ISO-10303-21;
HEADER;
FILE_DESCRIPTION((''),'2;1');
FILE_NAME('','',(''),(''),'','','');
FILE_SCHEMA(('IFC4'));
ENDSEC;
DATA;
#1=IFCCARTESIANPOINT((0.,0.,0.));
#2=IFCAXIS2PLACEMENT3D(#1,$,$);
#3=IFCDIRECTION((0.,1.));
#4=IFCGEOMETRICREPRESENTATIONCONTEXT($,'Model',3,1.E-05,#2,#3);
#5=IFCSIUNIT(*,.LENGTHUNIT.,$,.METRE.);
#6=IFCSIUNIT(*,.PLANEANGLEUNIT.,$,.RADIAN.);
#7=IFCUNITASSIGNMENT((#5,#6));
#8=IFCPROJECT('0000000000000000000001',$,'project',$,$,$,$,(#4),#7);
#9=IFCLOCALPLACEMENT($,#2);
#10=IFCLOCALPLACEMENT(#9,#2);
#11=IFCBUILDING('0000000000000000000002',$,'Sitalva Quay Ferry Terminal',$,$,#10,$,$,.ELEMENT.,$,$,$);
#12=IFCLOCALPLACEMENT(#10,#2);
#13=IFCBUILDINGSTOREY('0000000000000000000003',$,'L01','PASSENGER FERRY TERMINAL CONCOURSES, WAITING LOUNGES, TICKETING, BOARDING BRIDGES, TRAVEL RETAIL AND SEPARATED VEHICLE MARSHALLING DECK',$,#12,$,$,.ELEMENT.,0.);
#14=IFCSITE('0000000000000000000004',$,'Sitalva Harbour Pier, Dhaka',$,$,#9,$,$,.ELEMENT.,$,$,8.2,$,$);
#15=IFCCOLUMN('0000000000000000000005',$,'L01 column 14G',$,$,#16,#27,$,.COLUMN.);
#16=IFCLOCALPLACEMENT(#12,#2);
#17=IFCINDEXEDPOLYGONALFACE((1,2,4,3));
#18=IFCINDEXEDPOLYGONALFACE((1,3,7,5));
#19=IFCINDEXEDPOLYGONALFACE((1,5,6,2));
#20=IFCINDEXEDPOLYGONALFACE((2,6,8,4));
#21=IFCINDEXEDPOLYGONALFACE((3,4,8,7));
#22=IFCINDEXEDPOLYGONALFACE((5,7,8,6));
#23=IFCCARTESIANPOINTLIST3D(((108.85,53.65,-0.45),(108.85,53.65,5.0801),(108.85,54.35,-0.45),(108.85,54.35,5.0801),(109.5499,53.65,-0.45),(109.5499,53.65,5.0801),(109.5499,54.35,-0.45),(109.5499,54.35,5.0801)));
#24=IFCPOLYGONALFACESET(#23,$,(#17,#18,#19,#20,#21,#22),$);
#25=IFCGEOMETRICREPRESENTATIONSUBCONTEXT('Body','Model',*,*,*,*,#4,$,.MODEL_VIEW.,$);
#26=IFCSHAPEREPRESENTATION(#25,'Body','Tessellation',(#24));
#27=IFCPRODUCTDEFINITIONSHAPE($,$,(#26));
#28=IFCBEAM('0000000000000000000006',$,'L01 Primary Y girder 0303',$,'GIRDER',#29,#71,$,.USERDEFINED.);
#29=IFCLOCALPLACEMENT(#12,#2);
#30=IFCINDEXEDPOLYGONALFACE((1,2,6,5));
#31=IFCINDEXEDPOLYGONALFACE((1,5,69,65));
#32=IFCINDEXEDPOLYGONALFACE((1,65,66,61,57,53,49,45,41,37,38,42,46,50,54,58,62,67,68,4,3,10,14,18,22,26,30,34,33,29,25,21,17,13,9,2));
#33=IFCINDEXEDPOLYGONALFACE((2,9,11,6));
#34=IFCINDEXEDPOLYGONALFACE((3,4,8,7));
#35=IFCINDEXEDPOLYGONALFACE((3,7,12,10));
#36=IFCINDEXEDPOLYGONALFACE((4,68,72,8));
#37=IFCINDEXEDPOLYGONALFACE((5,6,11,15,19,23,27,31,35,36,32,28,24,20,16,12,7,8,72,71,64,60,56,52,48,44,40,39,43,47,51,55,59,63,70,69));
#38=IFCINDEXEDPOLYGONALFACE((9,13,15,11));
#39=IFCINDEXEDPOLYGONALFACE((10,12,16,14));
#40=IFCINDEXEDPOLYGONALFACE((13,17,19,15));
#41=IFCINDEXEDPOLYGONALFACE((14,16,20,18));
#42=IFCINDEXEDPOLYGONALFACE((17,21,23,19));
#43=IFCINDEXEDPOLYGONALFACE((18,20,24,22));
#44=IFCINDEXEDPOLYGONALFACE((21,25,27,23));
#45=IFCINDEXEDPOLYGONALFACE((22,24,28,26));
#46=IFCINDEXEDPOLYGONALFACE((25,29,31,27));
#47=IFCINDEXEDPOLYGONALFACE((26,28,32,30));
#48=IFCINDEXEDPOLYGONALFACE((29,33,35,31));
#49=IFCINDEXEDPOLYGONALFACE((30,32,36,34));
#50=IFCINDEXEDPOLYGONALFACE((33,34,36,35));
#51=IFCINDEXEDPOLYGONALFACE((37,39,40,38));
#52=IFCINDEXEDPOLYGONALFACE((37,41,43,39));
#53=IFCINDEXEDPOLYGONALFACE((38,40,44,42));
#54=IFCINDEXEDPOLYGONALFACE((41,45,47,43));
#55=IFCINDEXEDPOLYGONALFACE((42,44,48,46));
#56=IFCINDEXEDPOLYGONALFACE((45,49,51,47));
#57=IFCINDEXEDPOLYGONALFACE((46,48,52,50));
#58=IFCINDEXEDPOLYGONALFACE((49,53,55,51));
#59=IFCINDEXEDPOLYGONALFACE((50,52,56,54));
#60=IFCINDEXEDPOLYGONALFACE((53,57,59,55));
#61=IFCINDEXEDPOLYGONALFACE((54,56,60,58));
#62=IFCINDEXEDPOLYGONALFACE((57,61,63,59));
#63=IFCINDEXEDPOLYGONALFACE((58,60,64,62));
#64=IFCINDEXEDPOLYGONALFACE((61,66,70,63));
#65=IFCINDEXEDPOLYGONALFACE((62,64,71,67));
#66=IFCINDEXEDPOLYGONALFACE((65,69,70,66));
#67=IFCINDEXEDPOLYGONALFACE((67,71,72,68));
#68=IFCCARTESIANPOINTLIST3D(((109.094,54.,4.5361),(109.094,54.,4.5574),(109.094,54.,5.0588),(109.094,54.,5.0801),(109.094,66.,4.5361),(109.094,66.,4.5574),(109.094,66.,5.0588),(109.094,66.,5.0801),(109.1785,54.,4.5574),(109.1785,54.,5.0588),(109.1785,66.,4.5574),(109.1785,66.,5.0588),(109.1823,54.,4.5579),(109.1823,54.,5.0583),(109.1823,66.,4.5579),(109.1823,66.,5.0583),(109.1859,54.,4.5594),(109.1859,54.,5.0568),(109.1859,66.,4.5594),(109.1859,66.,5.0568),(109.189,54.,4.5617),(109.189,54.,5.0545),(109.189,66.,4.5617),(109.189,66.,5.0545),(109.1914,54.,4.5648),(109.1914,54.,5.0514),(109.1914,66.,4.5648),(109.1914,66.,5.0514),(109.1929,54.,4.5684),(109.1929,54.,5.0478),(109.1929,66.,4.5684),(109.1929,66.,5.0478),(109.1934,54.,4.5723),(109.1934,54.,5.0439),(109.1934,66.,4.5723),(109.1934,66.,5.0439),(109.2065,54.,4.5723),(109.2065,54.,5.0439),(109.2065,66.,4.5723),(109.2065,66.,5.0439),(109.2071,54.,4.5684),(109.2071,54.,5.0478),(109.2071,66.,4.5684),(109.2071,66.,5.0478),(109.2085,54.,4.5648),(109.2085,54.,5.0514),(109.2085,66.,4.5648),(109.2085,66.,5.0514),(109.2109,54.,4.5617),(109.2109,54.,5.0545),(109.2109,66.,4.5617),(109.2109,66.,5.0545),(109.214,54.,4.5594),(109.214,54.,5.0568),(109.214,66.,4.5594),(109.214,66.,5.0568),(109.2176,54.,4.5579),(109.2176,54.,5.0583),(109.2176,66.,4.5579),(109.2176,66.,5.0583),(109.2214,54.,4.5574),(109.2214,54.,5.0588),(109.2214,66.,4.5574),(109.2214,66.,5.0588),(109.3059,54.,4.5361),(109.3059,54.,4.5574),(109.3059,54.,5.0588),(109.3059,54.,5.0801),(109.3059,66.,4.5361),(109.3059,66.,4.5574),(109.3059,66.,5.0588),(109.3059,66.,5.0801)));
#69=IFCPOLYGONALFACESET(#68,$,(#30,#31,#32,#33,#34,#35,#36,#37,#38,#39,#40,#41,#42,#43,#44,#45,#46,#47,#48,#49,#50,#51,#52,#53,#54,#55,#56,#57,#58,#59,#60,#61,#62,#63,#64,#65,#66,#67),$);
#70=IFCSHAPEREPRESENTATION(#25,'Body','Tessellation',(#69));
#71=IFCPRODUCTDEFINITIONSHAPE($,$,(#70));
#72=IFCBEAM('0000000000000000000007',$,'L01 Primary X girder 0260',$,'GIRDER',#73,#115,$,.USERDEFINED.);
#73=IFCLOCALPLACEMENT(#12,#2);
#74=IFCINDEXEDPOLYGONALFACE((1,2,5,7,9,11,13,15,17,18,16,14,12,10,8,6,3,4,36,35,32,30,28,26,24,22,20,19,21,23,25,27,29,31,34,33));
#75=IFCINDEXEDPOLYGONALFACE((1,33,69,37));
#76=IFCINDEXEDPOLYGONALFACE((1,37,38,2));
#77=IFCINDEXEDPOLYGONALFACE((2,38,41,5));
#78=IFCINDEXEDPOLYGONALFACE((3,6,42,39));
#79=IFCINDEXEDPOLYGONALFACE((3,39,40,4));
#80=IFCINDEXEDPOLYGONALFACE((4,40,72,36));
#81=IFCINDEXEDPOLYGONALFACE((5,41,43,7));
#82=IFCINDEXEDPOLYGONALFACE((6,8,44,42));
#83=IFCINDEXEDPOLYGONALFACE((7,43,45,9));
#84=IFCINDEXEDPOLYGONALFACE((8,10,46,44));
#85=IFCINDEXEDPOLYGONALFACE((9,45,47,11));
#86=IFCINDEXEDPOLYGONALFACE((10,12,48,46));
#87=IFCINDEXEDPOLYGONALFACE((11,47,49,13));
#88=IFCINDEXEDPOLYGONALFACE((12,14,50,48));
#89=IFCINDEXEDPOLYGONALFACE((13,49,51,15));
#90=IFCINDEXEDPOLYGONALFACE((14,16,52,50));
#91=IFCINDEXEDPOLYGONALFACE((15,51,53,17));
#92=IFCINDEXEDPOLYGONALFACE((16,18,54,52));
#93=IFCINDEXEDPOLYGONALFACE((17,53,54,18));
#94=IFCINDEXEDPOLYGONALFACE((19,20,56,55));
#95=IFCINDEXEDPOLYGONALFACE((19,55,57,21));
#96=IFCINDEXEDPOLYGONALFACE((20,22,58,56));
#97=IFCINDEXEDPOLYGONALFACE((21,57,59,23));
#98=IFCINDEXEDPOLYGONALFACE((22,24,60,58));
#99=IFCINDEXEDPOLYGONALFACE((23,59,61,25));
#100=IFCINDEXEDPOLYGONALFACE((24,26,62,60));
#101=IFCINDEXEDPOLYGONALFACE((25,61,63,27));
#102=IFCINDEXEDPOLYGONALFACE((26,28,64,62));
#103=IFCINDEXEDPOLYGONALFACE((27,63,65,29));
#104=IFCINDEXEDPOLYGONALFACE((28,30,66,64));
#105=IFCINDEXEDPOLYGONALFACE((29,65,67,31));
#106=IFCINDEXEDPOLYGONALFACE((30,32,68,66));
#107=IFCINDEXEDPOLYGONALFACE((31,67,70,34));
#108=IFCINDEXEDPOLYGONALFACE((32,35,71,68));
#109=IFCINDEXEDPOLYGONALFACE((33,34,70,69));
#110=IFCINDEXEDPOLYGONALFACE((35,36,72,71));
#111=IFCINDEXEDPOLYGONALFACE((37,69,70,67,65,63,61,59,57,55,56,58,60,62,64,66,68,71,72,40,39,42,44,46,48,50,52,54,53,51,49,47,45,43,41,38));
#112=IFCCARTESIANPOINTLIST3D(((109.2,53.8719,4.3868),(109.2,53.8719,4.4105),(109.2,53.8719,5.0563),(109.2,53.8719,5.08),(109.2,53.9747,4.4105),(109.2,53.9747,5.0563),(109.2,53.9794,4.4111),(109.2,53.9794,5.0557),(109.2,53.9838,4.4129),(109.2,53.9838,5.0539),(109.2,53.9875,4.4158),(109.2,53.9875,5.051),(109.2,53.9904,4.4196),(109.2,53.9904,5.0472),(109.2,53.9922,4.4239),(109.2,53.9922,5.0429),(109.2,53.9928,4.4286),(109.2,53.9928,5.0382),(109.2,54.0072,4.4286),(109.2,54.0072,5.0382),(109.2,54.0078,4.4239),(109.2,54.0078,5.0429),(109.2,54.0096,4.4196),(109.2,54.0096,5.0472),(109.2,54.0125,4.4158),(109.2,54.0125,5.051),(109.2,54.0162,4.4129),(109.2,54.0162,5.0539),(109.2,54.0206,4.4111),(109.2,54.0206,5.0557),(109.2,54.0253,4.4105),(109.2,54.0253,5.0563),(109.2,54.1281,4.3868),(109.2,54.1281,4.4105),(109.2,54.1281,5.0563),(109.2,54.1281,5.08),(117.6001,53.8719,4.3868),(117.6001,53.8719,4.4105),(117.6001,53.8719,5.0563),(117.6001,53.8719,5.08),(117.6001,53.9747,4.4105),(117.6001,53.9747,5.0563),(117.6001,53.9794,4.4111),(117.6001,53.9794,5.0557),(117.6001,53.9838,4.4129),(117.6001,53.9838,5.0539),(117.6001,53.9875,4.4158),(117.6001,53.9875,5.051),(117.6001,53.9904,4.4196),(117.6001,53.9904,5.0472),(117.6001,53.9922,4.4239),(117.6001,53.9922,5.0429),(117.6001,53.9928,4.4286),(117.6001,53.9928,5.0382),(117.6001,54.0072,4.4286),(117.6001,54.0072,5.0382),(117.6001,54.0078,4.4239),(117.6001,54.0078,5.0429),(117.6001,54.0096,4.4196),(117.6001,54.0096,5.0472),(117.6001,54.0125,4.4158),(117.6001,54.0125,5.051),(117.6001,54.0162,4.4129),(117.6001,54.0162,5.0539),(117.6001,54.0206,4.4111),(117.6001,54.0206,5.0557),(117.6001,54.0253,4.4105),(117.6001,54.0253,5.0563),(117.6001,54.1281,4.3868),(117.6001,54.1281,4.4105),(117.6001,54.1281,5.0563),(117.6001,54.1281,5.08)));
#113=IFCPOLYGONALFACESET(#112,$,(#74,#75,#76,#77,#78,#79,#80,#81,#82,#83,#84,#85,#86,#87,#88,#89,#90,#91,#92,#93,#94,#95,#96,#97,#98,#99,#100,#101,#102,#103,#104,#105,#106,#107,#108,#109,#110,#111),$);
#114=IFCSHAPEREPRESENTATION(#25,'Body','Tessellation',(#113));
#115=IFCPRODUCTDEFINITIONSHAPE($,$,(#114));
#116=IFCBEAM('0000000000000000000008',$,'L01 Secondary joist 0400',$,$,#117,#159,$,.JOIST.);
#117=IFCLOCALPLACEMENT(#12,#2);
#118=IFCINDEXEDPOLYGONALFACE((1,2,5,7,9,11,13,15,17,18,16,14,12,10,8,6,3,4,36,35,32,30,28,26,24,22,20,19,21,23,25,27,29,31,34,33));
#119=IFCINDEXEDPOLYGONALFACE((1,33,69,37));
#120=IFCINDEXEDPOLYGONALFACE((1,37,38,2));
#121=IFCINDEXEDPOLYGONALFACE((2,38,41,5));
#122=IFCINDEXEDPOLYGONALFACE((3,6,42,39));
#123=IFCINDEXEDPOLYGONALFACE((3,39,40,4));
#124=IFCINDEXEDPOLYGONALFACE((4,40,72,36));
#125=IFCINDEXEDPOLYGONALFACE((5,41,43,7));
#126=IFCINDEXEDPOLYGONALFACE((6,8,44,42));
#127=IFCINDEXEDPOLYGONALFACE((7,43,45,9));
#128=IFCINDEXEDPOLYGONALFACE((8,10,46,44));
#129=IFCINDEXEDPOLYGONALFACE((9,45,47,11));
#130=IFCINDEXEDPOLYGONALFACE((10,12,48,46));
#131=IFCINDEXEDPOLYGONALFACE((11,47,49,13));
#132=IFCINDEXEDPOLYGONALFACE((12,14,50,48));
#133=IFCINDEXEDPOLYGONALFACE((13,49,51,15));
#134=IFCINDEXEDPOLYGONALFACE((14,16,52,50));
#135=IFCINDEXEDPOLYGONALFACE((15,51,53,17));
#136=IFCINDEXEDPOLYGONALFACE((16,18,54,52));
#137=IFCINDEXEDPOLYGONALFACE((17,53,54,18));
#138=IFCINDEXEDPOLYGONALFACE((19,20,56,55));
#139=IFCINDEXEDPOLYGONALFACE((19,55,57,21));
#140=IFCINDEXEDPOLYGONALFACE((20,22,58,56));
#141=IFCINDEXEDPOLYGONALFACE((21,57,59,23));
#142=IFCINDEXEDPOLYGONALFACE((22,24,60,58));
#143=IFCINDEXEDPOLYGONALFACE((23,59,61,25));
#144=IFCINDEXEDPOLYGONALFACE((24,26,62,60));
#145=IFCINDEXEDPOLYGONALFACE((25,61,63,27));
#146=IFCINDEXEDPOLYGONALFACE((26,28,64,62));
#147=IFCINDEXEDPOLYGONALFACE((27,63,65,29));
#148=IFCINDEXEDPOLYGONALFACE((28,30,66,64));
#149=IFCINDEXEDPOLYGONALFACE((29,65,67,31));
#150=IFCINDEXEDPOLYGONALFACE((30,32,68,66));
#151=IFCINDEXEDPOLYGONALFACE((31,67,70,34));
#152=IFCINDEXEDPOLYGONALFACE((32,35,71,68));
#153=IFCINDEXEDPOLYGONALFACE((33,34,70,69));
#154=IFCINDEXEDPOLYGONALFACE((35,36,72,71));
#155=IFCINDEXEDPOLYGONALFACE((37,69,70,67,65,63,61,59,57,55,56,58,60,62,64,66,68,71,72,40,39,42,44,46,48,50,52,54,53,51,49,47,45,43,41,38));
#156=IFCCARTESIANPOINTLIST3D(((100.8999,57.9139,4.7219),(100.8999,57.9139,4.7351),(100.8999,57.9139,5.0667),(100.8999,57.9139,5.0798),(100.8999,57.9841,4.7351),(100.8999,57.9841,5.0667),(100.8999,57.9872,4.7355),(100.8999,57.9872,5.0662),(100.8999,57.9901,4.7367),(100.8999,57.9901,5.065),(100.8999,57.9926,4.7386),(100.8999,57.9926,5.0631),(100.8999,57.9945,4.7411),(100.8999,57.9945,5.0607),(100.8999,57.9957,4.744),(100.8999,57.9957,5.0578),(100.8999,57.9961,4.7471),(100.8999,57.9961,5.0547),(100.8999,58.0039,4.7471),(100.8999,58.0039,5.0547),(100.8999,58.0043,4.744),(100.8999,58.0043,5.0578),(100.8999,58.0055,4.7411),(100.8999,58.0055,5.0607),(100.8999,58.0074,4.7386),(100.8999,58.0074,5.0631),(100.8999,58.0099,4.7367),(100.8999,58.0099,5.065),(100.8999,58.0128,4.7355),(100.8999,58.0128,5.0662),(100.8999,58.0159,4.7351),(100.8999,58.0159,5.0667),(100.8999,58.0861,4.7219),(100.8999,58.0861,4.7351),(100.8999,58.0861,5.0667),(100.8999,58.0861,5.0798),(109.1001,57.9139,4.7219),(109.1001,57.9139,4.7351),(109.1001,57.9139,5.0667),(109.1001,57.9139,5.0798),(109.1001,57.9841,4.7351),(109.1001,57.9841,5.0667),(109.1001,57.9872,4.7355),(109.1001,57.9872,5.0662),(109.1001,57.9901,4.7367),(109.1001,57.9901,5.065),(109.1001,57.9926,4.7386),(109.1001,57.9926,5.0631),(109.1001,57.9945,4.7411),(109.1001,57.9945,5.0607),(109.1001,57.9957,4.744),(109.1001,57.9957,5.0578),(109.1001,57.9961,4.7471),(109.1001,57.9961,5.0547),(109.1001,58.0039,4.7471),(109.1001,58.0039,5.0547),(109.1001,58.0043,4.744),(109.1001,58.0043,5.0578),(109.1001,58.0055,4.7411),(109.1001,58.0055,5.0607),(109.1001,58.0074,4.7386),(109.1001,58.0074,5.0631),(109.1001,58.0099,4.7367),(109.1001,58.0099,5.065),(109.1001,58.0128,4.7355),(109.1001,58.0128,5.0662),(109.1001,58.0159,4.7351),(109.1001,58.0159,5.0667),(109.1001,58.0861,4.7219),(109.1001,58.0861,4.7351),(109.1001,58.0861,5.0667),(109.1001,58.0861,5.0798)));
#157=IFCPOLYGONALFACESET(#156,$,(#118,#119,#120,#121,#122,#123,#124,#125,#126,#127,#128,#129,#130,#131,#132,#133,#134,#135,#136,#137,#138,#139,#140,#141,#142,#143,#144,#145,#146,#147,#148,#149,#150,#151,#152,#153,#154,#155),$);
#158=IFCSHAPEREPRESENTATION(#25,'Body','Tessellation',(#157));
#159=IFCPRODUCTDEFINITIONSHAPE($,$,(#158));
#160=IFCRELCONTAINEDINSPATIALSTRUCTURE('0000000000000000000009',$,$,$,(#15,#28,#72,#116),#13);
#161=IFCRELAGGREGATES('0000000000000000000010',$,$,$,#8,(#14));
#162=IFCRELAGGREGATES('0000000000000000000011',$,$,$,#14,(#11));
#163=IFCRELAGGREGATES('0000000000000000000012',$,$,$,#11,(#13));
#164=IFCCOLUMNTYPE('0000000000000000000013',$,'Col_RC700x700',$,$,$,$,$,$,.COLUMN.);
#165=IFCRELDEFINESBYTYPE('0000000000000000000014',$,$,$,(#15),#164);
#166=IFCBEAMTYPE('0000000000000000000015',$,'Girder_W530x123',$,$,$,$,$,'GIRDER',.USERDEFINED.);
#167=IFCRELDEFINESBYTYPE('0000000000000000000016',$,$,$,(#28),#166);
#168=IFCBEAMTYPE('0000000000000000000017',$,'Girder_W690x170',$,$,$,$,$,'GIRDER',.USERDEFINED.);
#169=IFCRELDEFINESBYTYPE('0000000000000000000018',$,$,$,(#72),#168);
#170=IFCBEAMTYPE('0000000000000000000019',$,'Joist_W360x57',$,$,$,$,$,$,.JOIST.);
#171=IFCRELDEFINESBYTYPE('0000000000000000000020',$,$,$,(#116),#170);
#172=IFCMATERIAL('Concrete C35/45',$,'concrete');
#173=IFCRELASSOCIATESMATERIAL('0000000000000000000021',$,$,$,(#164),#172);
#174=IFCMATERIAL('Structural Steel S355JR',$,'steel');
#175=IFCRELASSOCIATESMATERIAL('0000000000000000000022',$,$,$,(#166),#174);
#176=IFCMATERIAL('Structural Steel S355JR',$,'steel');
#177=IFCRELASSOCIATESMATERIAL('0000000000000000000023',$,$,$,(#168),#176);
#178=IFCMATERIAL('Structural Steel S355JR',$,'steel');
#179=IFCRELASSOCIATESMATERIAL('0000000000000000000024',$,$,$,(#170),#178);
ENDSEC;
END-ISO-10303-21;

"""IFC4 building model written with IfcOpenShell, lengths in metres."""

from ifc_helpers import new_model, si_unit, direction, frame, origin, origin_2d, place, context, subcontext, project, spatial, rectangle, i_section, extrude, material, material_profile, profile_set, type_object, element, save


model = new_model("IFC4")

# Units and contexts
model_context = context("Model", 3, precision=1e-05, world=origin(), true_north=direction((0.0, 1.0)))
body_context = subcontext(model_context, "Body", "Model", "MODEL_VIEW")
ifc_project = project(units=[si_unit("LENGTHUNIT", "METRE"), si_unit("PLANEANGLEUNIT", "RADIAN")], contexts=[model_context])

# Site, building, storey
site_placement = place(None, origin())
site = spatial("IfcSite", under=ifc_project, at=site_placement, Name="Sitalva Harbour Pier, Dhaka", CompositionType="ELEMENT", RefElevation=8.2)
building_placement = place(site_placement, origin())
building = spatial("IfcBuilding", under=site, at=building_placement, Name="Sitalva Quay Ferry Terminal", CompositionType="ELEMENT")
storey_placement = place(building_placement, origin())
storey = spatial("IfcBuildingStorey", under=building, at=storey_placement, Name="L01", Description="PASSENGER FERRY TERMINAL CONCOURSES, WAITING LOUNGES, TICKETING, BOARDING BRIDGES, TRAVEL RETAIL AND SEPARATED VEHICLE MARSHALLING DECK", CompositionType="ELEMENT", Elevation=0.0)

# Column
ifc_material_1 = material(Name="Concrete C35/45", Category="concrete")
ifc_material_profile_1 = material_profile(ifc_material_1, rectangle(XDim=0.7, YDim=0.7, at=origin_2d()), Name="RC700x700")
ifc_profile_set_1 = profile_set([ifc_material_profile_1], Name="Concrete C35/45")
column_type = type_object("IfcColumnType", Name="Col_RC700x700", PredefinedType="COLUMN", material=ifc_profile_set_1)
column_placement = place(storey_placement, frame((109.2, 54.0, -0.45), z_axis=(0.0, 0.0, 1.0), x_axis=(1.0, 0.0, 0.0)))
element("IfcColumn", 1, at=column_placement, inside=storey, type_object=column_type, Name="L01 column 14G", PredefinedType="COLUMN", context=body_context, shape_type="SweptSolid", body=[
    extrude(rectangle(XDim=0.7, YDim=0.7, at=origin_2d()), origin(), (0.0, 0.0, 1.0), 5.53),
])

# Beams
ifc_material_2 = material(Name="Structural Steel S355JR", Category="steel")
ifc_material_profile_2 = material_profile(ifc_material_2, i_section(OverallWidth=0.2119, OverallDepth=0.5439, WebThickness=0.0132, FlangeThickness=0.0212, FilletRadius=0.0149, at=origin_2d()), Name="W530x123")
ifc_profile_set_2 = profile_set([ifc_material_profile_2], Name="Structural Steel S355JR")
beam_type_1 = type_object("IfcBeamType", Name="Girder_W530x123", ElementType="GIRDER", PredefinedType="USERDEFINED", material=ifc_profile_set_2)
beam_1_placement = place(storey_placement, frame((109.2, 54.0, 4.8081), z_axis=(0.0, 1.0, 0.0), x_axis=(-1.0, 0.0, 0.0)))
element("IfcBeam", 2, at=beam_1_placement, inside=storey, type_object=beam_type_1, Name="L01 Primary Y girder 0303", ObjectType="GIRDER", PredefinedType="USERDEFINED", context=body_context, shape_type="SweptSolid", body=[
    extrude(i_section(OverallWidth=0.2119, OverallDepth=0.5439, WebThickness=0.0132, FlangeThickness=0.0212, FilletRadius=0.0149, at=origin_2d()), origin(), (0.0, 0.0, 1.0), 12.0),
])
ifc_material_3 = material(Name="Structural Steel S355JR", Category="steel")
ifc_material_profile_3 = material_profile(ifc_material_3, i_section(OverallWidth=0.2561, OverallDepth=0.6931, WebThickness=0.0144, FlangeThickness=0.0237, FilletRadius=0.0181, at=origin_2d()), Name="W690x170")
ifc_profile_set_3 = profile_set([ifc_material_profile_3], Name="Structural Steel S355JR")
beam_type_2 = type_object("IfcBeamType", Name="Girder_W690x170", ElementType="GIRDER", PredefinedType="USERDEFINED", material=ifc_profile_set_3)
beam_2_placement = place(storey_placement, frame((109.2, 54.0, 4.7334), z_axis=(1.0, 0.0, 0.0), x_axis=(0.0, 1.0, 0.0)))
element("IfcBeam", 3, at=beam_2_placement, inside=storey, type_object=beam_type_2, Name="L01 Primary X girder 0260", ObjectType="GIRDER", PredefinedType="USERDEFINED", context=body_context, shape_type="SweptSolid", body=[
    extrude(i_section(OverallWidth=0.2561, OverallDepth=0.6931, WebThickness=0.0144, FlangeThickness=0.0237, FilletRadius=0.0181, at=origin_2d()), origin(), (0.0, 0.0, 1.0), 8.4001),
])
ifc_material_4 = material(Name="Structural Steel S355JR", Category="steel")
ifc_material_profile_4 = material_profile(ifc_material_4, i_section(OverallWidth=0.1721, OverallDepth=0.3579, WebThickness=0.0078, FlangeThickness=0.0132, FilletRadius=0.012, at=origin_2d()), Name="W360x57")
ifc_profile_set_4 = profile_set([ifc_material_profile_4], Name="Structural Steel S355JR")
beam_type_3 = type_object("IfcBeamType", Name="Joist_W360x57", PredefinedType="JOIST", material=ifc_profile_set_4)
beam_3_placement = place(storey_placement, frame((100.8999, 58.0, 4.9009), z_axis=(1.0, 0.0, 0.0), x_axis=(0.0, 1.0, 0.0)))
element("IfcBeam", 4, at=beam_3_placement, inside=storey, type_object=beam_type_3, Name="L01 Secondary joist 0400", PredefinedType="JOIST", context=body_context, shape_type="SweptSolid", body=[
    extrude(i_section(OverallWidth=0.1721, OverallDepth=0.3579, WebThickness=0.0078, FlangeThickness=0.0132, FilletRadius=0.012, at=origin_2d()), origin(), (0.0, 0.0, 1.0), 8.2002),
])

save(model, "model.ifc")
